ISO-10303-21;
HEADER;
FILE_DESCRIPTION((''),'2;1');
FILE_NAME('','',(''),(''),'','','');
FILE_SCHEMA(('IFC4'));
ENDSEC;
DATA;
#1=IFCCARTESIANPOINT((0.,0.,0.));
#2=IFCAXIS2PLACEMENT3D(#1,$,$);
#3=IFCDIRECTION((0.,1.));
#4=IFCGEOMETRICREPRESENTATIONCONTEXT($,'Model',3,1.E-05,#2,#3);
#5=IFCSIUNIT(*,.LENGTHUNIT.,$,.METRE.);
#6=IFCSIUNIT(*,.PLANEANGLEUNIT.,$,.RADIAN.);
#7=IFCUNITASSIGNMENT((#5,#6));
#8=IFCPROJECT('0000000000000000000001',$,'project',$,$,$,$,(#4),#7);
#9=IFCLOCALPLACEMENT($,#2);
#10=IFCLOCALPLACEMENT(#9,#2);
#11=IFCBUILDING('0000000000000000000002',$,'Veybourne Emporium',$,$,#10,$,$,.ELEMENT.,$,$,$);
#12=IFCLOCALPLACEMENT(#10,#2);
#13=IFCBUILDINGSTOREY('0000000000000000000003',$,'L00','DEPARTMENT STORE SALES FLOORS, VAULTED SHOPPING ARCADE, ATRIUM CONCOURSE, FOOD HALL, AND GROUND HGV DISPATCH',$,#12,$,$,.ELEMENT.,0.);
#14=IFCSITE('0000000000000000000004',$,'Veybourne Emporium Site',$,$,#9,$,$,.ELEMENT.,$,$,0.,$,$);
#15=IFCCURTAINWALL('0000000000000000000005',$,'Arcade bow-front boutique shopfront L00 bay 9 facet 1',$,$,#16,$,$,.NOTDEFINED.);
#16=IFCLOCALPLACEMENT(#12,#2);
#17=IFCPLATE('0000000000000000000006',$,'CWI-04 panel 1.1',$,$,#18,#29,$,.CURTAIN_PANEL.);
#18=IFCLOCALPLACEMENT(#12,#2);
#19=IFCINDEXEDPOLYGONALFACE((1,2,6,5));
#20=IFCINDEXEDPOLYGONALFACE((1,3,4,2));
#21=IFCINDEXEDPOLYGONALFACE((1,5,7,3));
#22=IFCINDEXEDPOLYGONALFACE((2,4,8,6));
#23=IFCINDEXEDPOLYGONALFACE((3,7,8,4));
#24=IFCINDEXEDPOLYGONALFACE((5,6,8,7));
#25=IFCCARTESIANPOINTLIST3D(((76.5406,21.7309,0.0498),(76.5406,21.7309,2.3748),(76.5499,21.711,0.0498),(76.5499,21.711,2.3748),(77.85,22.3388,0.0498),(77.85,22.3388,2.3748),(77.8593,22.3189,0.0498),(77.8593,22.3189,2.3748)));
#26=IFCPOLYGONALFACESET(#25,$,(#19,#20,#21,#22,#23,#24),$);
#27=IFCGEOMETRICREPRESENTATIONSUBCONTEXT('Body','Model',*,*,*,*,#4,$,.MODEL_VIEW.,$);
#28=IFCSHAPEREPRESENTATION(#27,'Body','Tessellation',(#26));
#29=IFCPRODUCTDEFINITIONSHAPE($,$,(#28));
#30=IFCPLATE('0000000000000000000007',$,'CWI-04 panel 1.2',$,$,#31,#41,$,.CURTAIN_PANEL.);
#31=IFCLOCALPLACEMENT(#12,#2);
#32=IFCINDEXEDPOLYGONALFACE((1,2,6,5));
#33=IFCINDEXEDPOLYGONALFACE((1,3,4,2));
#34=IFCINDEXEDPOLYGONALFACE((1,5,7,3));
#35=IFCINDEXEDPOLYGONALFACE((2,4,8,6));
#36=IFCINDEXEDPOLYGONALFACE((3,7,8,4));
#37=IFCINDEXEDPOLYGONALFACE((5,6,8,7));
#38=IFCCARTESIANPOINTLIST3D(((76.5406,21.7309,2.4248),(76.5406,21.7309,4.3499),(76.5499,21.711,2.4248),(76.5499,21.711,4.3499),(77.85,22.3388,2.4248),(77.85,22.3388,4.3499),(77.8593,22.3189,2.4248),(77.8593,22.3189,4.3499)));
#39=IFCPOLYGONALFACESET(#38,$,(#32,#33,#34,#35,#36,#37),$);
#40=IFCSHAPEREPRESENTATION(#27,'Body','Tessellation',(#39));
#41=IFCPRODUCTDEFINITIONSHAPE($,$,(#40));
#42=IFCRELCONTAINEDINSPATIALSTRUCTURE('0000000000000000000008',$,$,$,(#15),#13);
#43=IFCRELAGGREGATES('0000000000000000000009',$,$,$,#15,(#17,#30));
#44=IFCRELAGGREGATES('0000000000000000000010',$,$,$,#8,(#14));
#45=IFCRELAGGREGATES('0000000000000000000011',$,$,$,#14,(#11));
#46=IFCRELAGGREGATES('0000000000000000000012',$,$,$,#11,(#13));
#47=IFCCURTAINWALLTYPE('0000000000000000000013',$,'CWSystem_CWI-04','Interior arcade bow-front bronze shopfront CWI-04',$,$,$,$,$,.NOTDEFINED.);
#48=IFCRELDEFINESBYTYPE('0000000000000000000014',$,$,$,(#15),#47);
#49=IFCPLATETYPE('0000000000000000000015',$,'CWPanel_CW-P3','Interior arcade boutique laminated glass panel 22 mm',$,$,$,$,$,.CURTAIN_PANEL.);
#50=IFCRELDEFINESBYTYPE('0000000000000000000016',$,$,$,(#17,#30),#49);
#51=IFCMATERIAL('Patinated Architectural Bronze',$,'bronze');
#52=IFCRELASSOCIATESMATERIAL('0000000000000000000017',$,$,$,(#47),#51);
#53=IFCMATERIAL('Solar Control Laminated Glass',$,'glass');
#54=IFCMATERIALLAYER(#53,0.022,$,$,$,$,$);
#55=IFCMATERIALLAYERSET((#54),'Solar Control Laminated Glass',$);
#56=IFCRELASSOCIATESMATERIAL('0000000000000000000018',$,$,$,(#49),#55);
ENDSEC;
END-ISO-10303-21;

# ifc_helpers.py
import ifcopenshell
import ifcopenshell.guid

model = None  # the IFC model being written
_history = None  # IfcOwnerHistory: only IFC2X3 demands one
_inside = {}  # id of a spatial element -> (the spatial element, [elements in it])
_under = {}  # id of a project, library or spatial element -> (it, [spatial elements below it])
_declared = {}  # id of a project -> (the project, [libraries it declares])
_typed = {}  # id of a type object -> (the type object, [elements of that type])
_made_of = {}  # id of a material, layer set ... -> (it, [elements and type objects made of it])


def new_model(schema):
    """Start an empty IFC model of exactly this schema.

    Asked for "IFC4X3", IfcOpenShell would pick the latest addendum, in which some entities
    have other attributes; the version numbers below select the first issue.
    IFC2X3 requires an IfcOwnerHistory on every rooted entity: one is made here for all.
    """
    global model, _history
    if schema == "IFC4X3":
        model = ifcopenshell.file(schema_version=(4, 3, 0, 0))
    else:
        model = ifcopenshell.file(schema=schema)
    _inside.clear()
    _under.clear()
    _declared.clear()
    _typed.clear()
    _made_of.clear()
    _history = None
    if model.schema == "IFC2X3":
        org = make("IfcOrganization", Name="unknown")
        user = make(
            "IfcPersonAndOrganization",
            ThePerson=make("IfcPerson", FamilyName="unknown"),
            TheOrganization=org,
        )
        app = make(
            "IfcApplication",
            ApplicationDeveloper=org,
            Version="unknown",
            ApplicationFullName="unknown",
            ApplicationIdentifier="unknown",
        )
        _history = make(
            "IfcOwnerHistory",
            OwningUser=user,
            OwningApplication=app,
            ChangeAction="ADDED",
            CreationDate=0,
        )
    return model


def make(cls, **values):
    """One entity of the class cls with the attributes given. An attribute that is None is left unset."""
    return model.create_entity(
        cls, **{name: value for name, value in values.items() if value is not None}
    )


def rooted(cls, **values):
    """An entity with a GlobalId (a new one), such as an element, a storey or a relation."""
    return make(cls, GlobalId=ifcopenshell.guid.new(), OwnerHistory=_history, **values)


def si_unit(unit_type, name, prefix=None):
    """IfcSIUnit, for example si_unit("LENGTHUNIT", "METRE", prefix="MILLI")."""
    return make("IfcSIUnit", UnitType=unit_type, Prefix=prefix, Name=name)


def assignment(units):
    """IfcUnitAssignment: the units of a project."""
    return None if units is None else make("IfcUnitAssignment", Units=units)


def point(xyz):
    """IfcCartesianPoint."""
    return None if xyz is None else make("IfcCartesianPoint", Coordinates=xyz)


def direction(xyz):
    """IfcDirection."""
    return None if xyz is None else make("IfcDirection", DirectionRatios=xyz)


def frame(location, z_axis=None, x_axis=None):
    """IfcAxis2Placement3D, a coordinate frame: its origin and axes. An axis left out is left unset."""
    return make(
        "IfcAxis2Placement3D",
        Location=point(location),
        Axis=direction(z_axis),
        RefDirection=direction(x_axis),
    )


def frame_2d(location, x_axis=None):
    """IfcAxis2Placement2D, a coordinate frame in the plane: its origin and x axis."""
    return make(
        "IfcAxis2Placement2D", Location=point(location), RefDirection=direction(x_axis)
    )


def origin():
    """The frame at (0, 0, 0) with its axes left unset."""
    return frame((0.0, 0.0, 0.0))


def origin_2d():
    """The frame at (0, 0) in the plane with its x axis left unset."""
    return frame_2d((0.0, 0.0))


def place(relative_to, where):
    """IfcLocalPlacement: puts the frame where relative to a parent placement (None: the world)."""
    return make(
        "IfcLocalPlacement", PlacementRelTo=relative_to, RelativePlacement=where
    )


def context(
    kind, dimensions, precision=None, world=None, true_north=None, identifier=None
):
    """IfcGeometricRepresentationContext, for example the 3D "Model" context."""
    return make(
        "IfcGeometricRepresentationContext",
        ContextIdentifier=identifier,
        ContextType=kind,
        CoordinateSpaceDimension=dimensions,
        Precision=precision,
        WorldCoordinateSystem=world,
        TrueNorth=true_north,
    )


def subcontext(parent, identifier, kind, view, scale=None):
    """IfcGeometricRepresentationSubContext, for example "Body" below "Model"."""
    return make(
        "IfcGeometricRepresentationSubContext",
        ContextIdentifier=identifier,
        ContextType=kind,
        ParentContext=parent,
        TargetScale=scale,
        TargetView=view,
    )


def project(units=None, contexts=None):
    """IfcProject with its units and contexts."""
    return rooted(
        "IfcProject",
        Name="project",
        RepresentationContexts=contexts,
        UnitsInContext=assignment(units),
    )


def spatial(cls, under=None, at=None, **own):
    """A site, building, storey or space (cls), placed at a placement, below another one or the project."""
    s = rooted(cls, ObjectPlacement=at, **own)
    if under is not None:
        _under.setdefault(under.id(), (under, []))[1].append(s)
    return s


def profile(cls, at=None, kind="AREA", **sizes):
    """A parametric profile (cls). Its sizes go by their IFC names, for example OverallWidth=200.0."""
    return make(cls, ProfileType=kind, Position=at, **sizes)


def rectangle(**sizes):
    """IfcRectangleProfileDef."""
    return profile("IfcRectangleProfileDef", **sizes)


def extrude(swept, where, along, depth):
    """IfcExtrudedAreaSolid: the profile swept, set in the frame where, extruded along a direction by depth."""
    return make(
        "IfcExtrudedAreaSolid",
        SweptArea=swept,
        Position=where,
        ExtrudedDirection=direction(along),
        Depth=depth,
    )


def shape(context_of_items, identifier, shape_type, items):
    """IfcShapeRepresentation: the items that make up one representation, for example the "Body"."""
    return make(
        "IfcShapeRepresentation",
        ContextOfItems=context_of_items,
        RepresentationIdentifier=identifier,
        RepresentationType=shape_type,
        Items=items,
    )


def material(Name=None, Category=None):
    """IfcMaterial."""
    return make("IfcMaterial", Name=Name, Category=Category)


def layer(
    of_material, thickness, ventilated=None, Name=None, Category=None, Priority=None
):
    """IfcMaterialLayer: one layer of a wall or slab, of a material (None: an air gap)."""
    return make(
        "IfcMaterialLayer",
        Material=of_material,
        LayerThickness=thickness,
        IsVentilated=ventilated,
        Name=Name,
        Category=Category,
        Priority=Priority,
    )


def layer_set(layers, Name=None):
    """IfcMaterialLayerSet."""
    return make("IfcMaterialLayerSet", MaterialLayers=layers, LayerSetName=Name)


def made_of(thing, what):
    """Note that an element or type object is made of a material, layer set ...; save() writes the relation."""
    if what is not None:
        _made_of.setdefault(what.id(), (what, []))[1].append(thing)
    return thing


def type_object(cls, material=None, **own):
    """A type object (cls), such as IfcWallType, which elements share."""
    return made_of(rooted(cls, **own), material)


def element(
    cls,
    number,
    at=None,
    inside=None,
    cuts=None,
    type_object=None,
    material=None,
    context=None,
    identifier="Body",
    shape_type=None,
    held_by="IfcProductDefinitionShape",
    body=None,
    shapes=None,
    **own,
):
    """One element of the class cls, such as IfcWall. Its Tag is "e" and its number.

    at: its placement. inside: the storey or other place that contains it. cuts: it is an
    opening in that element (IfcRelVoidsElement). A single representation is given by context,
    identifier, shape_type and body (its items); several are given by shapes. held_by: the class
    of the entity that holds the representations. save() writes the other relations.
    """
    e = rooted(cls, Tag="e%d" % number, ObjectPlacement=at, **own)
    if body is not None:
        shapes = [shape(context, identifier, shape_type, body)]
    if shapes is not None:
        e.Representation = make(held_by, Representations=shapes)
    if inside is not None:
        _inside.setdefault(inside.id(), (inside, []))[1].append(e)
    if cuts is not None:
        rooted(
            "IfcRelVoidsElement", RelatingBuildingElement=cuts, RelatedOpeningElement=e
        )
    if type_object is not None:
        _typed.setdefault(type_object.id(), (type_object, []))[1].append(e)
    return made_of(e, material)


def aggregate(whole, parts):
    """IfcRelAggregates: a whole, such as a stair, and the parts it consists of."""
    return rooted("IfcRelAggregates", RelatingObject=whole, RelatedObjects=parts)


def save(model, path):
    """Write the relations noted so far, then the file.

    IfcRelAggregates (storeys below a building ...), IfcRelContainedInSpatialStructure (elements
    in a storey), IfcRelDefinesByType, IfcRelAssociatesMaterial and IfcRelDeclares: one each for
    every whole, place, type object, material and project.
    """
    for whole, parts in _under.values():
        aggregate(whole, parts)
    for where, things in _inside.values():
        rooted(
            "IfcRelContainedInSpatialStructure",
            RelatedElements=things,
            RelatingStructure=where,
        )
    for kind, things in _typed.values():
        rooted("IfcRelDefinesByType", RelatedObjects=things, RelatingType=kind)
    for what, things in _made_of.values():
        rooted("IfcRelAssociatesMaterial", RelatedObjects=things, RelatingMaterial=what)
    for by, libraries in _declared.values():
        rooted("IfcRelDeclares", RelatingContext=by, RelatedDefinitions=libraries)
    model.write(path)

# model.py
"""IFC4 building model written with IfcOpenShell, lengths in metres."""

from ifc_helpers import new_model, si_unit, direction, frame, origin, origin_2d, place, context, subcontext, project, spatial, rectangle, extrude, material, layer, layer_set, type_object, element, aggregate, save


model = new_model("IFC4")

# Units and contexts
model_context = context("Model", 3, precision=1e-05, world=origin(), true_north=direction((0.0, 1.0)))
body_context = subcontext(model_context, "Body", "Model", "MODEL_VIEW")
ifc_project = project(units=[si_unit("LENGTHUNIT", "METRE"), si_unit("PLANEANGLEUNIT", "RADIAN")], contexts=[model_context])

# Site, building, storey
site_placement = place(None, origin())
site = spatial("IfcSite", under=ifc_project, at=site_placement, Name="Veybourne Emporium Site", CompositionType="ELEMENT", RefElevation=0.0)
building_placement = place(site_placement, origin())
building = spatial("IfcBuilding", under=site, at=building_placement, Name="Veybourne Emporium", CompositionType="ELEMENT")
storey_placement = place(building_placement, origin())
storey = spatial("IfcBuildingStorey", under=building, at=storey_placement, Name="L00", Description="DEPARTMENT STORE SALES FLOORS, VAULTED SHOPPING ARCADE, ATRIUM CONCOURSE, FOOD HALL, AND GROUND HGV DISPATCH", CompositionType="ELEMENT", Elevation=0.0)

# Curtain wall
ifc_material_1 = material(Name="Patinated Architectural Bronze", Category="bronze")
curtain_wall_type_1 = type_object("IfcCurtainWallType", Name="CWSystem_CWI-04", Description="Interior arcade bow-front bronze shopfront CWI-04", PredefinedType="NOTDEFINED", material=ifc_material_1)
curtain_wall_1_placement = place(storey_placement, origin())
curtain_wall_1 = element("IfcCurtainWall", 1, at=curtain_wall_1_placement, inside=storey, type_object=curtain_wall_type_1, Name="Arcade bow-front boutique shopfront L00 bay 9 facet 1", PredefinedType="NOTDEFINED")

# Plates
ifc_material_2 = material(Name="Solar Control Laminated Glass", Category="glass")
ifc_layer = layer(ifc_material_2, 0.022)
ifc_layer_set = layer_set([ifc_layer], Name="Solar Control Laminated Glass")
plate_type = type_object("IfcPlateType", Name="CWPanel_CW-P3", Description="Interior arcade boutique laminated glass panel 22 mm", PredefinedType="CURTAIN_PANEL", material=ifc_layer_set)
plate_1_placement = place(storey_placement, frame((77.2, 22.0249, 0.0498), z_axis=(0.0, 0.0, 1.0), x_axis=(0.907009, 0.421111, 0.0)))
plate_1 = element("IfcPlate", 2, at=plate_1_placement, type_object=plate_type, Name="CWI-04 panel 1.1", PredefinedType="CURTAIN_PANEL", context=body_context, shape_type="SweptSolid", body=[
    extrude(rectangle(XDim=1.4436, YDim=0.022, at=origin_2d()), origin(), (0.0, 0.0, 1.0), 2.325),
])
plate_2_placement = place(storey_placement, frame((77.2, 22.0249, 2.4248), z_axis=(0.0, 0.0, 1.0), x_axis=(0.907009, 0.421111, 0.0)))
plate_2 = element("IfcPlate", 3, at=plate_2_placement, type_object=plate_type, Name="CWI-04 panel 1.2", PredefinedType="CURTAIN_PANEL", context=body_context, shape_type="SweptSolid", body=[
    extrude(rectangle(XDim=1.4436, YDim=0.022, at=origin_2d()), origin(), (0.0, 0.0, 1.0), 1.925),
])
aggregate(curtain_wall_1, [plate_1, plate_2])

save(model, "model.ifc")
